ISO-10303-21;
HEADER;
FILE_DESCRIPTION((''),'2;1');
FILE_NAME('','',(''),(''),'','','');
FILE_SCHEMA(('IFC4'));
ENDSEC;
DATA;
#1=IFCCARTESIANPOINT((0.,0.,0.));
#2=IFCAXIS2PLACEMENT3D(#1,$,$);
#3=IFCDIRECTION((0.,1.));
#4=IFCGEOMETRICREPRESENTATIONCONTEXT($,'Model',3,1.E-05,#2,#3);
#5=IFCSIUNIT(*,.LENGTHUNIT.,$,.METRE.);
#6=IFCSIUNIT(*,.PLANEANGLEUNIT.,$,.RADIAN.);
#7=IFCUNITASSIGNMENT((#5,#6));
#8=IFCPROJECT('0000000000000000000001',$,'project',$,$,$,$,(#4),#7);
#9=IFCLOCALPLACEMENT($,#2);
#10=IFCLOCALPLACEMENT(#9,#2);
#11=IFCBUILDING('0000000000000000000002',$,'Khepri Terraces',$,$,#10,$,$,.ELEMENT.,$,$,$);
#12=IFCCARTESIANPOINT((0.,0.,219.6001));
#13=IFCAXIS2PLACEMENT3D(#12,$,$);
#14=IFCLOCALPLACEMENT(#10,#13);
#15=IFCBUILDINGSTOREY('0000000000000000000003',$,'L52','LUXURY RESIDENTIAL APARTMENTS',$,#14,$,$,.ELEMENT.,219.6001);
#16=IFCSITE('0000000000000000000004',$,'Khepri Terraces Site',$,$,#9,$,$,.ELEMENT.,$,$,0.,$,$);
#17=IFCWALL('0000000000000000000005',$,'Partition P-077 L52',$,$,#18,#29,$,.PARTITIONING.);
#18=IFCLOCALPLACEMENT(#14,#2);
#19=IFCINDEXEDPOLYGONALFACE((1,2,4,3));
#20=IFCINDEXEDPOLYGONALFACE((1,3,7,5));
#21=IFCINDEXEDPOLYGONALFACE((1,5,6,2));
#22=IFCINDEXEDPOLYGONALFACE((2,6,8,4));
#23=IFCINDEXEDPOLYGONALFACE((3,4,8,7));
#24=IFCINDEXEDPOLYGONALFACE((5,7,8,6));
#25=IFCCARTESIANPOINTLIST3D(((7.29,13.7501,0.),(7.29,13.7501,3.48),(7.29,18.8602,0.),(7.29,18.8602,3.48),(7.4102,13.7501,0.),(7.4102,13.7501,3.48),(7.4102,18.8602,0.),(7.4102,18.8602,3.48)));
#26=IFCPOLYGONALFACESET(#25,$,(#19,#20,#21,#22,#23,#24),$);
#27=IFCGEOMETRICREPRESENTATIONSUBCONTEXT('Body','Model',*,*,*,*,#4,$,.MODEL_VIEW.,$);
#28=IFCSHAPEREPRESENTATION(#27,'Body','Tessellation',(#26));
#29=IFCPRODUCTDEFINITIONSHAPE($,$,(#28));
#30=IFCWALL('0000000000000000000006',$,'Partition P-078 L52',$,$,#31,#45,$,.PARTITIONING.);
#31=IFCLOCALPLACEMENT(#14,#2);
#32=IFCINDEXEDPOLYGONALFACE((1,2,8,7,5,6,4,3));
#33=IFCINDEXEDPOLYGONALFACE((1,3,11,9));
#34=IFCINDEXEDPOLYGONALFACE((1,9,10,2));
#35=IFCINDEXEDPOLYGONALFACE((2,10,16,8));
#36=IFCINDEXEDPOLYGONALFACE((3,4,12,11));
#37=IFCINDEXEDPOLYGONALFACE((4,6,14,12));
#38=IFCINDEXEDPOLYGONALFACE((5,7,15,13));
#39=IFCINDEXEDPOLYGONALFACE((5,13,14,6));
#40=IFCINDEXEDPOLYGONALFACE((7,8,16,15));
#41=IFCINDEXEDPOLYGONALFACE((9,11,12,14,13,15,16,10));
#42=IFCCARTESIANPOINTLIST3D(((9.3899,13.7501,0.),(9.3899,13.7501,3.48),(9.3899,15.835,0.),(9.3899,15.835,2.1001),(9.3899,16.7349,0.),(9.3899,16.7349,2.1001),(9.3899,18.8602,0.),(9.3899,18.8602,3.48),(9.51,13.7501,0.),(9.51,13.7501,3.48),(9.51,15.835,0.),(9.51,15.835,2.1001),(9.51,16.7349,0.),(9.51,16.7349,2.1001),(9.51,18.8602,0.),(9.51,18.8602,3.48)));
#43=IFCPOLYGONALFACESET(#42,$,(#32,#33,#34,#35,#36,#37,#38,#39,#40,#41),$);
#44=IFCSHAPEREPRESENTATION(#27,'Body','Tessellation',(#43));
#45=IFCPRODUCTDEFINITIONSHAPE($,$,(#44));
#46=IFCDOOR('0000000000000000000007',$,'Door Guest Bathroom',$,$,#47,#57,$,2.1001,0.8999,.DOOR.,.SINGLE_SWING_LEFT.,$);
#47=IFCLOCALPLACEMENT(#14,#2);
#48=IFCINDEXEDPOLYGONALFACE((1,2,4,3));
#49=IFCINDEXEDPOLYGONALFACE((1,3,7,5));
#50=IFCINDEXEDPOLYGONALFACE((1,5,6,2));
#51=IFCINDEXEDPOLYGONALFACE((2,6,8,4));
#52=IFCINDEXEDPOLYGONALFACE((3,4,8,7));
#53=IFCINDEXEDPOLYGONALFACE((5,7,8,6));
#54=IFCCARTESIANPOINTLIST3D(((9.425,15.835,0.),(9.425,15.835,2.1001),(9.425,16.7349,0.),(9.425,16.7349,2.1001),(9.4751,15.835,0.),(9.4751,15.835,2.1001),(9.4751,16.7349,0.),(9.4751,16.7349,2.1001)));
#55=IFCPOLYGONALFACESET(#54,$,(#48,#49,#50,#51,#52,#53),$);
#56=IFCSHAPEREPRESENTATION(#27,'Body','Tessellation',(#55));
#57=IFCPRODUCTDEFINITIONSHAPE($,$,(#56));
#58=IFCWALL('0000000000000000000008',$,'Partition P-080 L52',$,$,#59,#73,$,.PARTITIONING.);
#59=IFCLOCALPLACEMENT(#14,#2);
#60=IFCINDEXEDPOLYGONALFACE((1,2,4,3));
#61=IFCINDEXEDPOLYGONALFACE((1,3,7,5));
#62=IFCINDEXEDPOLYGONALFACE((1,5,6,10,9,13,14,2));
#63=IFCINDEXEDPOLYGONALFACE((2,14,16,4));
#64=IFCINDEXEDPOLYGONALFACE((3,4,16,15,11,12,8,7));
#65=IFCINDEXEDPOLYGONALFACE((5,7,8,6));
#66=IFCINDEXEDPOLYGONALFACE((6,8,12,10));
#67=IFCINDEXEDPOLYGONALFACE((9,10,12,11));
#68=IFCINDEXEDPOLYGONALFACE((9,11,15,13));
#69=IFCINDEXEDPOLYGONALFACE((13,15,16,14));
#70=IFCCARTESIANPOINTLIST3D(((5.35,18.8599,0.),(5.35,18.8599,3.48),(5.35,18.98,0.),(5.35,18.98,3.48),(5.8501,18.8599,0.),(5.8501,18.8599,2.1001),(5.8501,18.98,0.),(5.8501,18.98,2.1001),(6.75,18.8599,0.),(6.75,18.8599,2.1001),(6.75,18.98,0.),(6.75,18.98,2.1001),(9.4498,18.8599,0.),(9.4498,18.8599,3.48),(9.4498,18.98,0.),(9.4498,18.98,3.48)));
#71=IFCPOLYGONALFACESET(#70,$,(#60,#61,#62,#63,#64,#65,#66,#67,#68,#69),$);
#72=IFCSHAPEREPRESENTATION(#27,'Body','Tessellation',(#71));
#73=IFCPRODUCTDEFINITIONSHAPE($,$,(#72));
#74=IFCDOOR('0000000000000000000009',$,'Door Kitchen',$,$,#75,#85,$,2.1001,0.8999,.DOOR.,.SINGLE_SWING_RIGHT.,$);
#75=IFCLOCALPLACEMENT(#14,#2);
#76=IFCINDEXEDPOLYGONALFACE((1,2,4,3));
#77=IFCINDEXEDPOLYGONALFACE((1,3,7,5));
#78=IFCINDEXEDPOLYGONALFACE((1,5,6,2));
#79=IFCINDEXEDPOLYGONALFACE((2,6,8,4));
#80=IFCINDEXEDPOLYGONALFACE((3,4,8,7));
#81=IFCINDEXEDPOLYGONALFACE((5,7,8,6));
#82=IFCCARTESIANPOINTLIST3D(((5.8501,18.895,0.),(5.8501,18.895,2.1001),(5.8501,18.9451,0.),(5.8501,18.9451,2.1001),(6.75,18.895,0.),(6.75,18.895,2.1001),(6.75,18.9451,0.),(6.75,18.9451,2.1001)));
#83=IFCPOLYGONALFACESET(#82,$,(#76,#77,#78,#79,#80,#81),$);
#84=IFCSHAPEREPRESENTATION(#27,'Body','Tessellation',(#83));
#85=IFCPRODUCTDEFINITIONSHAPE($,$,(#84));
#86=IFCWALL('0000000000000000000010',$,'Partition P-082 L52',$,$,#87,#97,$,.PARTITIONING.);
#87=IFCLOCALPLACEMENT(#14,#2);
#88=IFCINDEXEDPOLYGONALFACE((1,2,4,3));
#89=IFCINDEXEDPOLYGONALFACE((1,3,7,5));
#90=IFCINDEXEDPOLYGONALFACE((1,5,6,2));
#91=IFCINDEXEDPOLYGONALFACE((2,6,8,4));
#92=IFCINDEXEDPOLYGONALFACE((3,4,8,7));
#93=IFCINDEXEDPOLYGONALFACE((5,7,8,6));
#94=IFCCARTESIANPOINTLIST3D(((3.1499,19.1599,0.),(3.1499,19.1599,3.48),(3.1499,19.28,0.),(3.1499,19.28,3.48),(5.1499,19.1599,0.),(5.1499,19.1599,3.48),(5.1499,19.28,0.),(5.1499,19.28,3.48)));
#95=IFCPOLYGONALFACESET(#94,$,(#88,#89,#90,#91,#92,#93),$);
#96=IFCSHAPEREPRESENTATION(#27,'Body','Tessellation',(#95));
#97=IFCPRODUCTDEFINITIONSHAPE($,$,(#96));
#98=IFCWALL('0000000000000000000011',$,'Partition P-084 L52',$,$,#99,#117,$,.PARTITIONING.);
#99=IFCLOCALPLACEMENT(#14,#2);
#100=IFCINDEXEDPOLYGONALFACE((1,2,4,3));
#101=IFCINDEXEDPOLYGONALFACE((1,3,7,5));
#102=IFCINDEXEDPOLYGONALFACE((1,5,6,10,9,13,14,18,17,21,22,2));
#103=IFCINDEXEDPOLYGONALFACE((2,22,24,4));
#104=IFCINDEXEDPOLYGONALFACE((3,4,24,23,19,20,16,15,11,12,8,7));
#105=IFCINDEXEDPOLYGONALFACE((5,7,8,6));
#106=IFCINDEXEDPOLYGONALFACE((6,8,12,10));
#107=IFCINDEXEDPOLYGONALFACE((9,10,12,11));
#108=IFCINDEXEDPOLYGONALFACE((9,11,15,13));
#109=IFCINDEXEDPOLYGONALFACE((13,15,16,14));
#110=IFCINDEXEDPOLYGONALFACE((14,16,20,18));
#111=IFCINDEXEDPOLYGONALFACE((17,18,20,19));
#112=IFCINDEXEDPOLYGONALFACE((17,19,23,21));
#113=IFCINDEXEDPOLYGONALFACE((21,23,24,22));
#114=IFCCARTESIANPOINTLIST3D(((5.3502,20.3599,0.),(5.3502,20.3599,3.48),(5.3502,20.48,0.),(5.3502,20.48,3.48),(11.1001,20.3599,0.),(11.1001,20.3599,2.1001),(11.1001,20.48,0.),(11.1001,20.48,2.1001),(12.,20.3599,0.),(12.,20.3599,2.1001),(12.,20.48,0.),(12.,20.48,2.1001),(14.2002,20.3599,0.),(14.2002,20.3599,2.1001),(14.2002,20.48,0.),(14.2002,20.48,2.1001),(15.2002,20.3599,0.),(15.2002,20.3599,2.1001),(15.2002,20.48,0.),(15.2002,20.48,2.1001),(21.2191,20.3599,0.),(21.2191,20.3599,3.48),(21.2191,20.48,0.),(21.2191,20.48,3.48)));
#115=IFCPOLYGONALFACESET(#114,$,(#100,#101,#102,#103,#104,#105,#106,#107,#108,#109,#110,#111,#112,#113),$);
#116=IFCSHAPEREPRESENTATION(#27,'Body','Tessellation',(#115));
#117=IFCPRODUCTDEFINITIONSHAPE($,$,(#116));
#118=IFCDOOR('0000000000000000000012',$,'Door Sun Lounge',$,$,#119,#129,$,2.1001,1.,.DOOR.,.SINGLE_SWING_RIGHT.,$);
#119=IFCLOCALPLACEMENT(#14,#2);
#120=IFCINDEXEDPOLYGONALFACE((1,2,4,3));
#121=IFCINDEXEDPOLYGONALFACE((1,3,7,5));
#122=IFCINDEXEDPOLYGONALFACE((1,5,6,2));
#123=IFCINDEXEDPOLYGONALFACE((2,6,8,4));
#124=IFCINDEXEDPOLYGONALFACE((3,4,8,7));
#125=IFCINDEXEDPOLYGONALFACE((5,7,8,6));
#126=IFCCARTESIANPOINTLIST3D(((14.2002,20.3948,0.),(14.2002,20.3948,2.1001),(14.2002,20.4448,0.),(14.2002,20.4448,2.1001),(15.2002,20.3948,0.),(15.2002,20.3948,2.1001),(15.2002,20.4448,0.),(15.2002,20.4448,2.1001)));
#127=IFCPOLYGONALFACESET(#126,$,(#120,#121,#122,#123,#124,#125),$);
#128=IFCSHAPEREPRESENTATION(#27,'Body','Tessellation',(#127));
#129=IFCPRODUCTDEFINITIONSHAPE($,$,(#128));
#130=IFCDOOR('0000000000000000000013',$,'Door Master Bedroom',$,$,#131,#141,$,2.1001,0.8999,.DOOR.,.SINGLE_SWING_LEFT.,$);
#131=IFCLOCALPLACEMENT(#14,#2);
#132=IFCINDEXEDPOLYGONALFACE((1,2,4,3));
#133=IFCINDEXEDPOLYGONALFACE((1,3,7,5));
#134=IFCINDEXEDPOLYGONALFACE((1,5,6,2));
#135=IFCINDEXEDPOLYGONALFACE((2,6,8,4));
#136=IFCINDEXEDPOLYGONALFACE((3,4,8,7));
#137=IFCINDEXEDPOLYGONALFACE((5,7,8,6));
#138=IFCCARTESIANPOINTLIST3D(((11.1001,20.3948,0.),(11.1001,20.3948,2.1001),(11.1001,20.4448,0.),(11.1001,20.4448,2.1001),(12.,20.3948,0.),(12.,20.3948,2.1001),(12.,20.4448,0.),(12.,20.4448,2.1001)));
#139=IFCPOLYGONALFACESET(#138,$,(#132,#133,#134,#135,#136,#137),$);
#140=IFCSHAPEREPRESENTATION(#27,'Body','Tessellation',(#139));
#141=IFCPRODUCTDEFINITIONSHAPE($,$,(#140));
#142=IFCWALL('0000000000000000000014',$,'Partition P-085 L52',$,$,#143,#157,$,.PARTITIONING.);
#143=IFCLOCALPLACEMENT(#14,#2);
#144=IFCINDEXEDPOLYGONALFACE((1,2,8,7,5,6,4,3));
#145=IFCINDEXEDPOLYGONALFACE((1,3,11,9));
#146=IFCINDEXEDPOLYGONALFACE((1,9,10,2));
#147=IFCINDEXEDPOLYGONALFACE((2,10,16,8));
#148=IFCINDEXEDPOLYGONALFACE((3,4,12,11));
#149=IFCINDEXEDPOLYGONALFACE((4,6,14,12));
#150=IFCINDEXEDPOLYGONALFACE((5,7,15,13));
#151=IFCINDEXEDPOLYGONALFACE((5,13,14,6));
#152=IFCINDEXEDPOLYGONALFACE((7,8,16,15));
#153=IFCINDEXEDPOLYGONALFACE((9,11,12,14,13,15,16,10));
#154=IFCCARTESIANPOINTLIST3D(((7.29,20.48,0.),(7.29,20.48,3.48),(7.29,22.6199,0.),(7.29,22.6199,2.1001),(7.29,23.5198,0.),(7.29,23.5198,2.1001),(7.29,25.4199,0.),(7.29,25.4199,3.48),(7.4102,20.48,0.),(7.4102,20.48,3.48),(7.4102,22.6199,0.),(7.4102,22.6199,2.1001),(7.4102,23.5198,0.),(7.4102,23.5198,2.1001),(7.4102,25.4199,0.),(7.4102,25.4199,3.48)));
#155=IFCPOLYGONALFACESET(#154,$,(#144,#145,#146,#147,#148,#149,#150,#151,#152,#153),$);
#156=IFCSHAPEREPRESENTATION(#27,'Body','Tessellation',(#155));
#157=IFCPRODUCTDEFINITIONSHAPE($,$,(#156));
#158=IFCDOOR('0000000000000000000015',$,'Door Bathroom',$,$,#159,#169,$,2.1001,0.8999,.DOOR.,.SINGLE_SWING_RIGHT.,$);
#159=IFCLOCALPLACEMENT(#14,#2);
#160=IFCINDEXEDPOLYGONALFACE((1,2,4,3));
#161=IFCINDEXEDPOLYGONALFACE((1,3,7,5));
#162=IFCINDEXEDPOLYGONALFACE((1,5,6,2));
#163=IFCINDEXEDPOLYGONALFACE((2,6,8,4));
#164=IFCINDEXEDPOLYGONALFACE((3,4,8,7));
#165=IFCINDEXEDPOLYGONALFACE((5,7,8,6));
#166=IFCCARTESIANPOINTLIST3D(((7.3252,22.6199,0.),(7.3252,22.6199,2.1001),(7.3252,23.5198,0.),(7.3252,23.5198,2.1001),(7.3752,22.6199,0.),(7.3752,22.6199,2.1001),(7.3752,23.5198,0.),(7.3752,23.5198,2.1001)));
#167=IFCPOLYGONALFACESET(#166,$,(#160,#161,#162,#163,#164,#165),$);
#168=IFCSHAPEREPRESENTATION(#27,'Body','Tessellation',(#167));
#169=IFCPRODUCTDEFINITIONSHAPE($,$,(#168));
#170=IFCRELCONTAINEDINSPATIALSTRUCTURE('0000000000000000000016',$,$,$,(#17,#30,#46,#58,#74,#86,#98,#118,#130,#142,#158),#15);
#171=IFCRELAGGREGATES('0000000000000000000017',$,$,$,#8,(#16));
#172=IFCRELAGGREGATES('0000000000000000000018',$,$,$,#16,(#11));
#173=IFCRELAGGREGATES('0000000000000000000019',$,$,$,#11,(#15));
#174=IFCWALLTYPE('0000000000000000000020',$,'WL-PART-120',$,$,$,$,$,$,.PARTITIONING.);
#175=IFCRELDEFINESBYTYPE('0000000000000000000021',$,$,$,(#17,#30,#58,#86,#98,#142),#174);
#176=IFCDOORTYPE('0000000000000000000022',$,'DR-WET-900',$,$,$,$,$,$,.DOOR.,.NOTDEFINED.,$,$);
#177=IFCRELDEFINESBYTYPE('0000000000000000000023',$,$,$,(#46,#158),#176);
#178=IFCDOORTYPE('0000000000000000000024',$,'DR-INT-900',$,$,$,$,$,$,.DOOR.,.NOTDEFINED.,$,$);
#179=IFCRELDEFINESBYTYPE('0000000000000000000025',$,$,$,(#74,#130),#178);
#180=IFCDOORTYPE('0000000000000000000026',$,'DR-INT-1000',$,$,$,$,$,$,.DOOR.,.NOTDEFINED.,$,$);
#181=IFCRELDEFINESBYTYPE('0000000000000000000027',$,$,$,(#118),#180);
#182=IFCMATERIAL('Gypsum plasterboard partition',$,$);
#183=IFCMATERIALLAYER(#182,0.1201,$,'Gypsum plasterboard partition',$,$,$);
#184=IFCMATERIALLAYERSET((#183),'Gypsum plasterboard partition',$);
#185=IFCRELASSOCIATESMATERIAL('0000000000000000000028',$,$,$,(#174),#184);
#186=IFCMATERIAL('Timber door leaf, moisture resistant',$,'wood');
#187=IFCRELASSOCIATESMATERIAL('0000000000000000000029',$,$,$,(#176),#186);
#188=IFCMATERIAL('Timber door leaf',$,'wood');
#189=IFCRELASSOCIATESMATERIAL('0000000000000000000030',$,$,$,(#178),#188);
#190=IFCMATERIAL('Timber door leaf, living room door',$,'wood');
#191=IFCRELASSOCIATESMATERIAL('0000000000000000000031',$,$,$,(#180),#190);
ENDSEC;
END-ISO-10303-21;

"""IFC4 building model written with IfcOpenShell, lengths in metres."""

from ifc_helpers import new_model, si_unit, direction, frame, frame_2d, origin, place, context, subcontext, project, spatial, rectangle, extrude, material, layer, layer_set, type_object, element, fill, save


model = new_model("IFC4")

# Units and contexts
model_context = context("Model", 3, precision=1e-05, world=origin(), true_north=direction((0.0, 1.0)))
body_context = subcontext(model_context, "Body", "Model", "MODEL_VIEW")
ifc_project = project(units=[si_unit("LENGTHUNIT", "METRE"), si_unit("PLANEANGLEUNIT", "RADIAN")], contexts=[model_context])

# Site, building, storey
site_placement = place(None, origin())
site = spatial("IfcSite", under=ifc_project, at=site_placement, Name="Khepri Terraces Site", CompositionType="ELEMENT", RefElevation=0.0)
building_placement = place(site_placement, origin())
building = spatial("IfcBuilding", under=site, at=building_placement, Name="Khepri Terraces", CompositionType="ELEMENT")
storey_placement = place(building_placement, frame((0.0, 0.0, 219.6001)))
storey = spatial("IfcBuildingStorey", under=building, at=storey_placement, Name="L52", Description="LUXURY RESIDENTIAL APARTMENTS", CompositionType="ELEMENT", Elevation=219.6001)

# Shared definitions
ifc_material_1 = material(Name="Gypsum plasterboard partition")
ifc_layer_1 = layer(ifc_material_1, 0.1201, Name="Gypsum plasterboard partition")
ifc_layer_set_1 = layer_set([ifc_layer_1], Name="Gypsum plasterboard partition")
wall_type_1 = type_object("IfcWallType", Name="WL-PART-120", PredefinedType="PARTITIONING", material=ifc_layer_set_1)
ifc_material_2 = material(Name="Timber door leaf, moisture resistant", Category="wood")
door_type_1 = type_object("IfcDoorType", Name="DR-WET-900", OperationType="NOTDEFINED", PredefinedType="DOOR", material=ifc_material_2)

# Wall
wall_1_placement = place(storey_placement, frame((7.3501, 13.75, 0.0), z_axis=(0.0, 0.0, 1.0), x_axis=(0.0, 1.0, 0.0)))
element("IfcWall", 1, at=wall_1_placement, inside=storey, type_object=wall_type_1, Name="Partition P-077 L52", PredefinedType="PARTITIONING", context=body_context, shape_type="SweptSolid", body=[
    extrude(rectangle(XDim=5.1101, YDim=0.1201, at=frame_2d((2.5552, 0.0))), origin(), (0.0, 0.0, 1.0), 3.48),
])

# Walls, openings, doors
wall_2_placement = place(storey_placement, frame((9.45, 13.75, 0.0), z_axis=(0.0, 0.0, 1.0), x_axis=(0.0, 1.0, 0.0)))
wall_2 = element("IfcWall", 2, at=wall_2_placement, inside=storey, type_object=wall_type_1, Name="Partition P-078 L52", PredefinedType="PARTITIONING", context=body_context, shape_type="SweptSolid", body=[
    extrude(rectangle(XDim=5.1101, YDim=0.1201, at=frame_2d((2.5552, 0.0))), origin(), (0.0, 0.0, 1.0), 3.48),
])
opening_1_placement = place(wall_2_placement, frame((2.085, 0.0, 0.0)))
opening_1 = element("IfcOpeningElement", 3, at=opening_1_placement, cuts=wall_2, PredefinedType="OPENING", context=body_context, shape_type="SweptSolid", body=[
    extrude(rectangle(XDim=0.8999, YDim=2.1001, at=frame_2d((0.45, 1.05))), frame((0.0, 0.0701, 0.0), z_axis=(0.0, -1.0, 0.0), x_axis=(1.0, 0.0, 0.0)), (0.0, 0.0, 1.0), 0.1401),
])
door_1_placement = place(opening_1_placement, origin())
door_1 = element("IfcDoor", 4, at=door_1_placement, inside=storey, type_object=door_type_1, Name="Door Guest Bathroom", OperationType="SINGLE_SWING_LEFT", OverallHeight=2.1001, OverallWidth=0.8999, PredefinedType="DOOR", context=body_context, shape_type="SweptSolid", body=[
    extrude(rectangle(XDim=0.8999, YDim=2.1001, at=frame_2d((0.45, 1.05))), frame((0.0, 0.0249, 0.0), z_axis=(0.0, -1.0, 0.0), x_axis=(1.0, 0.0, 0.0)), (0.0, 0.0, 1.0), 0.05),
])
fill(opening_1, door_1)
wall_3_placement = place(storey_placement, frame((5.3501, 18.9199, 0.0), z_axis=(0.0, 0.0, 1.0), x_axis=(1.0, 0.0, 0.0)))
wall_3 = element("IfcWall", 5, at=wall_3_placement, inside=storey, type_object=wall_type_1, Name="Partition P-080 L52", PredefinedType="PARTITIONING", context=body_context, shape_type="SweptSolid", body=[
    extrude(rectangle(XDim=4.0999, YDim=0.1201, at=frame_2d((2.0498, 0.0))), origin(), (0.0, 0.0, 1.0), 3.48),
])
opening_2_placement = place(wall_3_placement, frame((0.5, 0.0, 0.0)))
opening_2 = element("IfcOpeningElement", 6, at=opening_2_placement, cuts=wall_3, PredefinedType="OPENING", context=body_context, shape_type="SweptSolid", body=[
    extrude(rectangle(XDim=0.8999, YDim=2.1001, at=frame_2d((0.45, 1.05))), frame((0.0, 0.0701, 0.0), z_axis=(0.0, -1.0, 0.0), x_axis=(1.0, 0.0, 0.0)), (0.0, 0.0, 1.0), 0.1401),
])
ifc_material_3 = material(Name="Timber door leaf", Category="wood")
door_type_2 = type_object("IfcDoorType", Name="DR-INT-900", OperationType="NOTDEFINED", PredefinedType="DOOR", material=ifc_material_3)
door_2_placement = place(opening_2_placement, frame((0.8999, 0.0, 0.0), z_axis=(0.0, 0.0, 1.0), x_axis=(-1.0, 0.0, 0.0)))
door_2 = element("IfcDoor", 7, at=door_2_placement, inside=storey, type_object=door_type_2, Name="Door Kitchen", OperationType="SINGLE_SWING_RIGHT", OverallHeight=2.1001, OverallWidth=0.8999, PredefinedType="DOOR", context=body_context, shape_type="SweptSolid", body=[
    extrude(rectangle(XDim=0.8999, YDim=2.1001, at=frame_2d((0.45, 1.05))), frame((0.0, 0.0249, 0.0), z_axis=(0.0, -1.0, 0.0), x_axis=(1.0, 0.0, 0.0)), (0.0, 0.0, 1.0), 0.05),
])
fill(opening_2, door_2)

# Wall
wall_4_placement = place(storey_placement, frame((3.1499, 19.22, 0.0), z_axis=(0.0, 0.0, 1.0), x_axis=(1.0, 0.0, 0.0)))
element("IfcWall", 8, at=wall_4_placement, inside=storey, type_object=wall_type_1, Name="Partition P-082 L52", PredefinedType="PARTITIONING", context=body_context, shape_type="SweptSolid", body=[
    extrude(rectangle(XDim=2.0, YDim=0.1201, at=frame_2d((1.0, 0.0))), origin(), (0.0, 0.0, 1.0), 3.48),
])

# Wall, openings, doors
wall_5_placement = place(storey_placement, frame((5.3501, 20.4199, 0.0), z_axis=(0.0, 0.0, 1.0), x_axis=(1.0, 0.0, 0.0)))
wall_5 = element("IfcWall", 9, at=wall_5_placement, inside=storey, type_object=wall_type_1, Name="Partition P-084 L52", PredefinedType="PARTITIONING", context=body_context, shape_type="SweptSolid", body=[
    extrude(rectangle(XDim=15.8689, YDim=0.1201, at=frame_2d((7.9346, 0.0))), origin(), (0.0, 0.0, 1.0), 3.48),
])
opening_3_placement = place(wall_5_placement, frame((8.8501, 0.0, 0.0)))
opening_3 = element("IfcOpeningElement", 10, at=opening_3_placement, cuts=wall_5, PredefinedType="OPENING", context=body_context, shape_type="SweptSolid", body=[
    extrude(rectangle(XDim=1.0, YDim=2.1001, at=frame_2d((0.5, 1.05))), frame((0.0, 0.0701, 0.0), z_axis=(0.0, -1.0, 0.0), x_axis=(1.0, 0.0, 0.0)), (0.0, 0.0, 1.0), 0.1401),
])
opening_4_placement = place(wall_5_placement, frame((5.75, 0.0, 0.0)))
opening_4 = element("IfcOpeningElement", 11, at=opening_4_placement, cuts=wall_5, PredefinedType="OPENING", context=body_context, shape_type="SweptSolid", body=[
    extrude(rectangle(XDim=0.8999, YDim=2.1001, at=frame_2d((0.45, 1.05))), frame((0.0, 0.0701, 0.0), z_axis=(0.0, -1.0, 0.0), x_axis=(1.0, 0.0, 0.0)), (0.0, 0.0, 1.0), 0.1401),
])
ifc_material_4 = material(Name="Timber door leaf, living room door", Category="wood")
door_type_3 = type_object("IfcDoorType", Name="DR-INT-1000", OperationType="NOTDEFINED", PredefinedType="DOOR", material=ifc_material_4)
door_3_placement = place(opening_3_placement, origin())
door_3 = element("IfcDoor", 12, at=door_3_placement, inside=storey, type_object=door_type_3, Name="Door Sun Lounge", OperationType="SINGLE_SWING_RIGHT", OverallHeight=2.1001, OverallWidth=1.0, PredefinedType="DOOR", context=body_context, shape_type="SweptSolid", body=[
    extrude(rectangle(XDim=1.0, YDim=2.1001, at=frame_2d((0.5, 1.05))), frame((0.0, 0.0249, 0.0), z_axis=(0.0, -1.0, 0.0), x_axis=(1.0, 0.0, 0.0)), (0.0, 0.0, 1.0), 0.05),
])
fill(opening_3, door_3)
door_4_placement = place(opening_4_placement, origin())
door_4 = element("IfcDoor", 13, at=door_4_placement, inside=storey, type_object=door_type_2, Name="Door Master Bedroom", OperationType="SINGLE_SWING_LEFT", OverallHeight=2.1001, OverallWidth=0.8999, PredefinedType="DOOR", context=body_context, shape_type="SweptSolid", body=[
    extrude(rectangle(XDim=0.8999, YDim=2.1001, at=frame_2d((0.45, 1.05))), frame((0.0, 0.0249, 0.0), z_axis=(0.0, -1.0, 0.0), x_axis=(1.0, 0.0, 0.0)), (0.0, 0.0, 1.0), 0.05),
])
fill(opening_4, door_4)

# Wall, opening, door
wall_6_placement = place(storey_placement, frame((7.3501, 20.48, 0.0), z_axis=(0.0, 0.0, 1.0), x_axis=(0.0, 1.0, 0.0)))
wall_6 = element("IfcWall", 14, at=wall_6_placement, inside=storey, type_object=wall_type_1, Name="Partition P-085 L52", PredefinedType="PARTITIONING", context=body_context, shape_type="SweptSolid", body=[
    extrude(rectangle(XDim=4.9399, YDim=0.1201, at=frame_2d((2.47, 0.0))), origin(), (0.0, 0.0, 1.0), 3.48),
])
opening_5_placement = place(wall_6_placement, frame((2.1399, 0.0, 0.0)))
opening_5 = element("IfcOpeningElement", 15, at=opening_5_placement, cuts=wall_6, PredefinedType="OPENING", context=body_context, shape_type="SweptSolid", body=[
    extrude(rectangle(XDim=0.8999, YDim=2.1001, at=frame_2d((0.45, 1.05))), frame((0.0, 0.0701, 0.0), z_axis=(0.0, -1.0, 0.0), x_axis=(1.0, 0.0, 0.0)), (0.0, 0.0, 1.0), 0.1401),
])
door_5_placement = place(opening_5_placement, origin())
door_5 = element("IfcDoor", 16, at=door_5_placement, inside=storey, type_object=door_type_1, Name="Door Bathroom", OperationType="SINGLE_SWING_RIGHT", OverallHeight=2.1001, OverallWidth=0.8999, PredefinedType="DOOR", context=body_context, shape_type="SweptSolid", body=[
    extrude(rectangle(XDim=0.8999, YDim=2.1001, at=frame_2d((0.45, 1.05))), frame((0.0, 0.0249, 0.0), z_axis=(0.0, -1.0, 0.0), x_axis=(1.0, 0.0, 0.0)), (0.0, 0.0, 1.0), 0.05),
])
fill(opening_5, door_5)

save(model, "model.ifc")
